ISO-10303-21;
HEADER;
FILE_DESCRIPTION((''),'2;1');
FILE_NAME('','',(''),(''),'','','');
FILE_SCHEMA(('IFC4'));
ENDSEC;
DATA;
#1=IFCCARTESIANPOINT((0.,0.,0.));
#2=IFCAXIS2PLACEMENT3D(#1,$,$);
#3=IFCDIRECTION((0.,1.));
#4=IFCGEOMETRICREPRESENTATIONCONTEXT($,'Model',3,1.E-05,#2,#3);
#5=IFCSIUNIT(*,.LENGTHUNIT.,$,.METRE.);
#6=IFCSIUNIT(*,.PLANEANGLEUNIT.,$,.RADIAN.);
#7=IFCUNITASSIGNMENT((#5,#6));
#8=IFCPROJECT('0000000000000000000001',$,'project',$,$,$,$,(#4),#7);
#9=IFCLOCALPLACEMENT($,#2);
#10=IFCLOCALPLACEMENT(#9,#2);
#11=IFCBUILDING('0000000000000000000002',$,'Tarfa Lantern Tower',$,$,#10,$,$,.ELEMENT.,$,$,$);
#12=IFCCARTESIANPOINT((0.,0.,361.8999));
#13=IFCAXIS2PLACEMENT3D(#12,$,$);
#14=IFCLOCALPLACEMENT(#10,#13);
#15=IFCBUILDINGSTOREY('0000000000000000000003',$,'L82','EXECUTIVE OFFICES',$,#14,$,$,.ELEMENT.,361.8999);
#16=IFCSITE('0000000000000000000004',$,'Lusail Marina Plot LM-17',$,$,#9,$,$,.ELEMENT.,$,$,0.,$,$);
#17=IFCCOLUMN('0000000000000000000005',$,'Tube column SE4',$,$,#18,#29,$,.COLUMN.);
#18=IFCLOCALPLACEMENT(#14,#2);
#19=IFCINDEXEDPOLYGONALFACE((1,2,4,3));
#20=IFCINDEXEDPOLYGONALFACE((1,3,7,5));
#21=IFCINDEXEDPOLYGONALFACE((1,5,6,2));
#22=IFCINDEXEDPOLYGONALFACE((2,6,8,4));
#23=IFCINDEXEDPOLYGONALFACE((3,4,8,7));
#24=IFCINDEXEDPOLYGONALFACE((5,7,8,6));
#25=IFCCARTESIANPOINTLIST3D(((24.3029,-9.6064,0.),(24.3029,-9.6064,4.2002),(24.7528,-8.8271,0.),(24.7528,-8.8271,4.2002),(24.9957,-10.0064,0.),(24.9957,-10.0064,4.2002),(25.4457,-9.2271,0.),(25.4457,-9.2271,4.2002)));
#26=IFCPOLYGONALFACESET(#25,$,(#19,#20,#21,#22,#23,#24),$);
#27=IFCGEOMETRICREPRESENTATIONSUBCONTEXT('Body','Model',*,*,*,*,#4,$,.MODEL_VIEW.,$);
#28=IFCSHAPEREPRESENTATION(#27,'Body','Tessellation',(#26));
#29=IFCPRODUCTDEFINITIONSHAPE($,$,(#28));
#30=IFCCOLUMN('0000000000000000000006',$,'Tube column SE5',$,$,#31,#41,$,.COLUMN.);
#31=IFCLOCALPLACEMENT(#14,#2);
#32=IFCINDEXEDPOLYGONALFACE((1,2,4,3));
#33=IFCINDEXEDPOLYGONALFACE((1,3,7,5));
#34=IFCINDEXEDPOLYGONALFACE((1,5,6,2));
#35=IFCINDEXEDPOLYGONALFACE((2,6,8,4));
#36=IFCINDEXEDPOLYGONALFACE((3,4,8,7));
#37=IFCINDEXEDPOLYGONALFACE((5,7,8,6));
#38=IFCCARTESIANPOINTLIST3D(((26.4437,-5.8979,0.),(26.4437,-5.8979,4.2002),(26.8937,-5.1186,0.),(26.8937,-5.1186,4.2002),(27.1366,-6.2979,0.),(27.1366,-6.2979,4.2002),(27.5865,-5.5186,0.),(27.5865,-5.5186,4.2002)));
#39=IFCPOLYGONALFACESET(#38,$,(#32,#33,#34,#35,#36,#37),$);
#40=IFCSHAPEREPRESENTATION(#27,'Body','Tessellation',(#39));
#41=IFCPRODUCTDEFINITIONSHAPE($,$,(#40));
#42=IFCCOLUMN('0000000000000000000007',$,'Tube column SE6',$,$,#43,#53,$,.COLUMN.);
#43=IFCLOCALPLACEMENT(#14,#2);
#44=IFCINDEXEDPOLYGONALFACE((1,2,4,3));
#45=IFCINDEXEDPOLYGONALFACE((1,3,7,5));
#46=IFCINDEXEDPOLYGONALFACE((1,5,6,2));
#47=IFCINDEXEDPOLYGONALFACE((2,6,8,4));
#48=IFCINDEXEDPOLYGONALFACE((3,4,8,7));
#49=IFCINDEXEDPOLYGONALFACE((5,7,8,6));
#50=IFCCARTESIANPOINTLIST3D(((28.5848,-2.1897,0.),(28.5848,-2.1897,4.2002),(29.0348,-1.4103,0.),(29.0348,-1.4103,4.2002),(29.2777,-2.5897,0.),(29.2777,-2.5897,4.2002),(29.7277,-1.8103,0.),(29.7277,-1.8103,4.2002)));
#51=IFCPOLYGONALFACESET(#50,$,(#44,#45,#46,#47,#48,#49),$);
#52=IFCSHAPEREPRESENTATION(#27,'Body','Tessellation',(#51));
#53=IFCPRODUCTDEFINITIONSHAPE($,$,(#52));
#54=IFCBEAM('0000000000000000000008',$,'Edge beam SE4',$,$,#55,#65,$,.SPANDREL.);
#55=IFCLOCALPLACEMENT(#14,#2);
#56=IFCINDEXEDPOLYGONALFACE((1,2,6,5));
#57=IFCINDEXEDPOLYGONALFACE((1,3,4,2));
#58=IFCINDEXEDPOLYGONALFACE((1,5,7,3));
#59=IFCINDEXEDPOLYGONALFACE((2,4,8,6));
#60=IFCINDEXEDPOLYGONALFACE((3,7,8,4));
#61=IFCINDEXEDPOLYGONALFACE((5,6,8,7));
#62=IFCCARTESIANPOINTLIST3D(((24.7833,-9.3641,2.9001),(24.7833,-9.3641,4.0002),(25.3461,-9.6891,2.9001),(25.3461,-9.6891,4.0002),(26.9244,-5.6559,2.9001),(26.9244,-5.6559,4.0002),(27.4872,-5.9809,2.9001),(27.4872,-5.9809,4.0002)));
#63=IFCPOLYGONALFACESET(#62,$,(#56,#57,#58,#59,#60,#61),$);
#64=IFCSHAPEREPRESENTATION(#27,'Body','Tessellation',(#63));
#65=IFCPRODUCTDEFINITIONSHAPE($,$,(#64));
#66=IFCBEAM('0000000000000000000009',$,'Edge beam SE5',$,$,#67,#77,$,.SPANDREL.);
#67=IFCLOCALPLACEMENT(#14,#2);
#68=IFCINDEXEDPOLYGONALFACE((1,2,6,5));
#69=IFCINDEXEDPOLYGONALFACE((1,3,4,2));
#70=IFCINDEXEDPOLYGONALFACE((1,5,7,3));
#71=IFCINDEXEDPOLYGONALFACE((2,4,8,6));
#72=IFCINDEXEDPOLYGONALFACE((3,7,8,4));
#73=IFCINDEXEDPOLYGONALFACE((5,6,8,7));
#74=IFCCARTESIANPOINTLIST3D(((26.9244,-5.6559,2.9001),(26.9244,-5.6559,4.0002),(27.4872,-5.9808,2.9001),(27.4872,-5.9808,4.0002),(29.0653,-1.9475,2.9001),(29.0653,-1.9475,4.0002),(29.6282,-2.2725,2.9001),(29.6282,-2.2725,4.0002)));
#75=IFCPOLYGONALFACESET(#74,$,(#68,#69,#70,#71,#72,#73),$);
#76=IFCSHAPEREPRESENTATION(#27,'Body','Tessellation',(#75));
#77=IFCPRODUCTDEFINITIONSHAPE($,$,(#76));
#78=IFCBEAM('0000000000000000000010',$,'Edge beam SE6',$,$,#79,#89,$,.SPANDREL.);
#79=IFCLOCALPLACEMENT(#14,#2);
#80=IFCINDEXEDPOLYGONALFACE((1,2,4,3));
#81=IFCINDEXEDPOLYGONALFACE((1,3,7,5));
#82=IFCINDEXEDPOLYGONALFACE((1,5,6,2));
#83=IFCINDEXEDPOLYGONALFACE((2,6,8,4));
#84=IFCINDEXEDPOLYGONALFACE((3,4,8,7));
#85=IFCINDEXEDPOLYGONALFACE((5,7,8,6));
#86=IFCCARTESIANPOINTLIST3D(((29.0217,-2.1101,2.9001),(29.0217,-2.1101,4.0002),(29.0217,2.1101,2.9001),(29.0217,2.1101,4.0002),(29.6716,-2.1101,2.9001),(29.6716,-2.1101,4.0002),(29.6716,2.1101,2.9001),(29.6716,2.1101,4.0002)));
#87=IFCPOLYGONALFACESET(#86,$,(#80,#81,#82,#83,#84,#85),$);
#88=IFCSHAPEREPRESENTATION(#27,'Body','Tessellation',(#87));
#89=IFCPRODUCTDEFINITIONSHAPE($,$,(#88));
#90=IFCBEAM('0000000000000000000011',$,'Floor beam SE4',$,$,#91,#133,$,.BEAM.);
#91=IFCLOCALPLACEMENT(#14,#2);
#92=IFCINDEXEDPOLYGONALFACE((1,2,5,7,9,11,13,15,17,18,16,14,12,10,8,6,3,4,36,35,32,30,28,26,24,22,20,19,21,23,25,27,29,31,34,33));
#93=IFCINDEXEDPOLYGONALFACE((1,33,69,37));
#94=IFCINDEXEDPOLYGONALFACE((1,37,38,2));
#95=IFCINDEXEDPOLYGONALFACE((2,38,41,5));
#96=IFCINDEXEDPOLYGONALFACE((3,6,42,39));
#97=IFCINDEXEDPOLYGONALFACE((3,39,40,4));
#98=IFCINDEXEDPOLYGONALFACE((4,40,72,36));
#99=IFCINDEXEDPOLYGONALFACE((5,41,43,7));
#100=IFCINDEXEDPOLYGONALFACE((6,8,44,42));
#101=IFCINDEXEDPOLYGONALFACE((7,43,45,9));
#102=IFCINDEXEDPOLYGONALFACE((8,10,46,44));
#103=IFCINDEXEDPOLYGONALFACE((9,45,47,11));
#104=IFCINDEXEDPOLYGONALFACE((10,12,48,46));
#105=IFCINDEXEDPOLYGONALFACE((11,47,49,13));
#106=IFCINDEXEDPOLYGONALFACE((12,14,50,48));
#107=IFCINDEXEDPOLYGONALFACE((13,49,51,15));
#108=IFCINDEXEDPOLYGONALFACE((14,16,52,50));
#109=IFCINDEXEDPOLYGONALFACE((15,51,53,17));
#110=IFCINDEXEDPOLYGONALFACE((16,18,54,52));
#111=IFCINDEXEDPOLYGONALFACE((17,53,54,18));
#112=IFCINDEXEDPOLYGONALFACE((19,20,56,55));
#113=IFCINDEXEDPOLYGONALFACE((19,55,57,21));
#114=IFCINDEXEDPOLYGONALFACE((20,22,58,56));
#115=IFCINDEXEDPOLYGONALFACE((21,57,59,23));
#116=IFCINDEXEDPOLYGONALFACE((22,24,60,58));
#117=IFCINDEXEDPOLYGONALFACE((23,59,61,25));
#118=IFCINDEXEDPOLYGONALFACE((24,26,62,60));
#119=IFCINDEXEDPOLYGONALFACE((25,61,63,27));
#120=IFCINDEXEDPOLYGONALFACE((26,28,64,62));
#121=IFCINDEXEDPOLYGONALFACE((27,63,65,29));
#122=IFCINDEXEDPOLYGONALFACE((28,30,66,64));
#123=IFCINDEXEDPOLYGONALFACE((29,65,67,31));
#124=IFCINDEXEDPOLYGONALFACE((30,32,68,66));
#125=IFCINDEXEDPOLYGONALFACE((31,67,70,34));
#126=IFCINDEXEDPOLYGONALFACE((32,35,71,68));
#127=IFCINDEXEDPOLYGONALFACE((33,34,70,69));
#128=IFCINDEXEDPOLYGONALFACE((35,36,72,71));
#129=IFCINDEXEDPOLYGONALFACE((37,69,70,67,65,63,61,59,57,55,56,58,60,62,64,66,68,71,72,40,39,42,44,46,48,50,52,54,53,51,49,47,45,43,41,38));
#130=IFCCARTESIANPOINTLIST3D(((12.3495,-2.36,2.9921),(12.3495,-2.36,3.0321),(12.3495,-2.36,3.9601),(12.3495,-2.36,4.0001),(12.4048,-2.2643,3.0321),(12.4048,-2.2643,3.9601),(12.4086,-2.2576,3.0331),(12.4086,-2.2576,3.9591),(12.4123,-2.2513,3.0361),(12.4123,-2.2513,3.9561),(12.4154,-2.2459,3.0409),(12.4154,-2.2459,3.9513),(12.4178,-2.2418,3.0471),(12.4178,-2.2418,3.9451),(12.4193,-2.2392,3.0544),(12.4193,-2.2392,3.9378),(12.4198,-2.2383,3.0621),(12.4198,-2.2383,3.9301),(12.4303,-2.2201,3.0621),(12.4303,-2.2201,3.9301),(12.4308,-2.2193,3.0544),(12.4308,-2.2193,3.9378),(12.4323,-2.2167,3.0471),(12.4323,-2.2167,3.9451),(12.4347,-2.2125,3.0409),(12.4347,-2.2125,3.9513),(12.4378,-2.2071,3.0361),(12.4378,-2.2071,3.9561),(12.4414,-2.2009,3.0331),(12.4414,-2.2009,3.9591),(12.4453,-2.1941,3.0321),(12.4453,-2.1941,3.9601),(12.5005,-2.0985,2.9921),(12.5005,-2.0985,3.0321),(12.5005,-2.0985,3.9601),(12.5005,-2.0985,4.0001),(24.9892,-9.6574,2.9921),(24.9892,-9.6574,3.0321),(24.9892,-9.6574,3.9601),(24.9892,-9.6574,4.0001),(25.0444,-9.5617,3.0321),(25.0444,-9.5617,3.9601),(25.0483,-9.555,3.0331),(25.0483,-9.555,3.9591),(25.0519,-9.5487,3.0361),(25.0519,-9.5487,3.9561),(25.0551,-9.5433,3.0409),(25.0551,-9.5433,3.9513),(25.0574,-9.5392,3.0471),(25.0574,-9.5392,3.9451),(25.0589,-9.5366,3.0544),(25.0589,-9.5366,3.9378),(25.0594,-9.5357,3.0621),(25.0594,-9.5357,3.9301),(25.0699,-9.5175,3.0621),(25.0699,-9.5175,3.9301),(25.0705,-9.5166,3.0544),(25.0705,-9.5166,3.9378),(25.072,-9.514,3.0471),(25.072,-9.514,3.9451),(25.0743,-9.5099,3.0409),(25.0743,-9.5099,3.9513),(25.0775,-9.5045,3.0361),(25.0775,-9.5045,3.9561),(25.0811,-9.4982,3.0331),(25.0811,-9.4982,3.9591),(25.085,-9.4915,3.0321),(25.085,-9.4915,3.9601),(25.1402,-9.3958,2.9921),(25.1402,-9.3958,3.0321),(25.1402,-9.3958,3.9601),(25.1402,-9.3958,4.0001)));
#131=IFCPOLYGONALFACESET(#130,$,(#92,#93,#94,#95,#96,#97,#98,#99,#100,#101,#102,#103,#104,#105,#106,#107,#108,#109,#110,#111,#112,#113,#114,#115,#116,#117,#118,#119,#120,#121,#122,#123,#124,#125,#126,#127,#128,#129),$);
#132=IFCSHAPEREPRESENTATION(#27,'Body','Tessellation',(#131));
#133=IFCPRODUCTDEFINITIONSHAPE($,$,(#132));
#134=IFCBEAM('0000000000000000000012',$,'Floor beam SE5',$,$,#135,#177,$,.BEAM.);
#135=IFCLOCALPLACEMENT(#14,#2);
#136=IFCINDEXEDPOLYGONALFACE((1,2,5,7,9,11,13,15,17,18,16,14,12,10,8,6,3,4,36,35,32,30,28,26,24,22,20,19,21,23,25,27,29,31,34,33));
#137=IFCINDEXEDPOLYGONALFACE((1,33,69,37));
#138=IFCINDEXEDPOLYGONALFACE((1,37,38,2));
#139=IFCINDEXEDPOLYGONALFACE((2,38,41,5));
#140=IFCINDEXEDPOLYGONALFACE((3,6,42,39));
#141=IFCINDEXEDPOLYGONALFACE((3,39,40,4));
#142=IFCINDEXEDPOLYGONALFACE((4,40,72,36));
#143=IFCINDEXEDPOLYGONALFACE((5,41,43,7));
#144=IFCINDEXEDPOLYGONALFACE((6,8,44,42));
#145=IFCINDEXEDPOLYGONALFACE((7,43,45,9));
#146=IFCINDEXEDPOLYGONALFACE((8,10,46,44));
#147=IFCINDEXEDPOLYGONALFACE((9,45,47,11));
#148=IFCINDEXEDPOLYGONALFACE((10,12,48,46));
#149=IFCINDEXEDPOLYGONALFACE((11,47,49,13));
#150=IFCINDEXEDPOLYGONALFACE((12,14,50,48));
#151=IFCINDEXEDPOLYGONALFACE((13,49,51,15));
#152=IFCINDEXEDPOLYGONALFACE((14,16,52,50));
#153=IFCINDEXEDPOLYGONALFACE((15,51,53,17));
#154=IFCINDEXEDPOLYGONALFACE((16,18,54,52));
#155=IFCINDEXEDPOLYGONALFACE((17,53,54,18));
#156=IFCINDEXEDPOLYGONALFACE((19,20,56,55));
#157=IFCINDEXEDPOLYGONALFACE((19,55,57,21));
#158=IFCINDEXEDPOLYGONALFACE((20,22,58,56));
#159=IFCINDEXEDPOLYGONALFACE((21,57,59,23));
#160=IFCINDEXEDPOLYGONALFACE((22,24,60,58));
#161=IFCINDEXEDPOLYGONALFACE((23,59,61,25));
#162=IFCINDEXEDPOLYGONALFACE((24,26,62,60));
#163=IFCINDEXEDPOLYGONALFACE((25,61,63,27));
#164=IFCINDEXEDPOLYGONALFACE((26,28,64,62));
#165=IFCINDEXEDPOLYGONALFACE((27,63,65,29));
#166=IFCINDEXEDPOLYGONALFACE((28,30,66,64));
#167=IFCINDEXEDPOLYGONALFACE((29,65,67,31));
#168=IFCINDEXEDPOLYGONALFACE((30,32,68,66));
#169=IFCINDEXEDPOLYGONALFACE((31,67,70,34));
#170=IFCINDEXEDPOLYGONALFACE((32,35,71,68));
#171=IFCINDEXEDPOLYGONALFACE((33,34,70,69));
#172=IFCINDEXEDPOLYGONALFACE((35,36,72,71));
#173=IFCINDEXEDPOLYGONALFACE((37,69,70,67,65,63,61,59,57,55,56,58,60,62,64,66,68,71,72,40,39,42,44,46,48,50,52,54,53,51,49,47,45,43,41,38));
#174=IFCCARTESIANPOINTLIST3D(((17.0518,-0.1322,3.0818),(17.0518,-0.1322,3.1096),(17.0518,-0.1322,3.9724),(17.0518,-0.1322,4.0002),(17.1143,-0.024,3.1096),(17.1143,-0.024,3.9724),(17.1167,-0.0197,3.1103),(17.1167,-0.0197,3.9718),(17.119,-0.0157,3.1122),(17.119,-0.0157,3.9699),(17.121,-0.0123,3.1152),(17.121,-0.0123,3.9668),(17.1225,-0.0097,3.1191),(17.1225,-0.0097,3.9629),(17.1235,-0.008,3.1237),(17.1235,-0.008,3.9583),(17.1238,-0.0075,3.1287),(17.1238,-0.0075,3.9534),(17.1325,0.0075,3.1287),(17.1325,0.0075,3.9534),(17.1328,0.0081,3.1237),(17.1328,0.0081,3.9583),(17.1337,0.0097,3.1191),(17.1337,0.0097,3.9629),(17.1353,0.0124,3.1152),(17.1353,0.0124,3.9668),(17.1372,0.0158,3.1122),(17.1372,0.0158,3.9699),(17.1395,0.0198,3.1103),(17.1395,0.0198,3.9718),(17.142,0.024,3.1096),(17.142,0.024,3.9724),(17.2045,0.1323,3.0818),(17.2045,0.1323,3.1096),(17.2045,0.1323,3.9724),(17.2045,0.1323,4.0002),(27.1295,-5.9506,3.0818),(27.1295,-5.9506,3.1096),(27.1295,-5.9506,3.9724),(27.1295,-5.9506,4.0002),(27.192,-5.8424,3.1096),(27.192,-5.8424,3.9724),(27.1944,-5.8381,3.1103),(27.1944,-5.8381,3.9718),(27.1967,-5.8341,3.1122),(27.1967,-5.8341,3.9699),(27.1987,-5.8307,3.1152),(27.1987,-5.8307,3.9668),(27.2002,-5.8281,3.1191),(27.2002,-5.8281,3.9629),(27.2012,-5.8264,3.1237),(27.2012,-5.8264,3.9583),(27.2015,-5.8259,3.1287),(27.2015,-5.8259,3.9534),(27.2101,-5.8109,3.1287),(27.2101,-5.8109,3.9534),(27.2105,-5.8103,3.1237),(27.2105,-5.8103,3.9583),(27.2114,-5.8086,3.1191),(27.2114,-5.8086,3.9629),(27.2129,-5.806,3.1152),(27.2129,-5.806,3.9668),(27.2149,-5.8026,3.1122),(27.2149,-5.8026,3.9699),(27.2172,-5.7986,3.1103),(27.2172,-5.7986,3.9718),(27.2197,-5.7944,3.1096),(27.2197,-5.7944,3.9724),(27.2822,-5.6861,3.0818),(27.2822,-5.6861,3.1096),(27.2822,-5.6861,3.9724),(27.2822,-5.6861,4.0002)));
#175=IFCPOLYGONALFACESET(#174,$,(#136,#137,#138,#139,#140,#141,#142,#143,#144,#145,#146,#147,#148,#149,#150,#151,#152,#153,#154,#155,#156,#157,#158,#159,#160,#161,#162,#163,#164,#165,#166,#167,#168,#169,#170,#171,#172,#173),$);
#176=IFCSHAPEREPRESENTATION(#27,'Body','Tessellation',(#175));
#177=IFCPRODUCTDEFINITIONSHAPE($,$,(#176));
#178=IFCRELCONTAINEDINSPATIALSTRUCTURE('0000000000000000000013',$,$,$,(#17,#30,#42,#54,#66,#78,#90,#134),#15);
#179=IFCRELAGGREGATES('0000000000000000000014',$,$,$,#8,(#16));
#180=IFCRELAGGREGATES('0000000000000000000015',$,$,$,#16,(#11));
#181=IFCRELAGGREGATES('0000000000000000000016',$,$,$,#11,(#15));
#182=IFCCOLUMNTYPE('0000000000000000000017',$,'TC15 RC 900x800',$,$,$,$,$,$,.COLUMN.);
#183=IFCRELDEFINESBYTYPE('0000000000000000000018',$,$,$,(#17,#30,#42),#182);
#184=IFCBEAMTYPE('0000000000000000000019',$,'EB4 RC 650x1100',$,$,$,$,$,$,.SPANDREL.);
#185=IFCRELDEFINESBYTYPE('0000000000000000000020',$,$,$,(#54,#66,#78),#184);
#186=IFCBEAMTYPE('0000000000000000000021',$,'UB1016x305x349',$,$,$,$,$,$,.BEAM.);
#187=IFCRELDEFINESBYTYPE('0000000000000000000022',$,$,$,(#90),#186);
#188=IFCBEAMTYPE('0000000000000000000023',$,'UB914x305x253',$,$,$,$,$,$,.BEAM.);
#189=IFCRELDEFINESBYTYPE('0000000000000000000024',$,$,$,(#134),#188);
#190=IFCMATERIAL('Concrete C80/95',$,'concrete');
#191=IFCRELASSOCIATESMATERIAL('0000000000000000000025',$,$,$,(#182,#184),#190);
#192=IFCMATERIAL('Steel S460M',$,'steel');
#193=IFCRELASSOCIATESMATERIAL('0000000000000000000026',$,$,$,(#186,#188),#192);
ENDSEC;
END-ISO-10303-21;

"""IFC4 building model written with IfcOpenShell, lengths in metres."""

from ifc_helpers import new_model, si_unit, direction, frame, origin, origin_2d, place, context, subcontext, project, spatial, rectangle, i_section, extrude, material, material_profile, profile_set, type_object, element, save


model = new_model("IFC4")

# Units and contexts
model_context = context("Model", 3, precision=1e-05, world=origin(), true_north=direction((0.0, 1.0)))
body_context = subcontext(model_context, "Body", "Model", "MODEL_VIEW")
ifc_project = project(units=[si_unit("LENGTHUNIT", "METRE"), si_unit("PLANEANGLEUNIT", "RADIAN")], contexts=[model_context])

# Site, building, storey
site_placement = place(None, origin())
site = spatial("IfcSite", under=ifc_project, at=site_placement, Name="Lusail Marina Plot LM-17", CompositionType="ELEMENT", RefElevation=0.0)
building_placement = place(site_placement, origin())
building = spatial("IfcBuilding", under=site, at=building_placement, Name="Tarfa Lantern Tower", CompositionType="ELEMENT")
storey_placement = place(building_placement, frame((0.0, 0.0, 361.8999)))
storey = spatial("IfcBuildingStorey", under=building, at=storey_placement, Name="L82", Description="EXECUTIVE OFFICES", CompositionType="ELEMENT", Elevation=361.8999)

# Columns
ifc_material_1 = material(Name="Concrete C80/95", Category="concrete")
ifc_material_profile_1 = material_profile(ifc_material_1, rectangle(XDim=0.8999, YDim=0.8, at=origin_2d()), Name="RC 900x800")
ifc_profile_set_1 = profile_set([ifc_material_profile_1], Name="Concrete C80/95")
column_type = type_object("IfcColumnType", Name="TC15 RC 900x800", PredefinedType="COLUMN", material=ifc_profile_set_1)
for number, where, z_axis, x_axis, name in (
    (1, (24.8743, -9.4167, 0.0), (0.0, 0.0, 1.0), (0.5, 0.866025, 0.0), "Tube column SE4"),
    (2, (27.0151, -5.7083, 0.0), (0.0, 0.0, 1.0), (0.5, 0.866025, 0.0), "Tube column SE5"),
    (3, (29.1562, -2.0, 0.0), (0.0, 0.0, 1.0), (0.5, 0.866025, 0.0), "Tube column SE6"),
):
    element("IfcColumn", number, at=place(storey_placement, frame(where, z_axis=z_axis, x_axis=x_axis)), inside=storey, type_object=column_type, Name=name, PredefinedType="COLUMN", context=body_context, shape_type="SweptSolid", body=[
        extrude(rectangle(XDim=0.8999, YDim=0.8, at=origin_2d()), origin(), (0.0, 0.0, 1.0), 4.2002),
    ])

# Beams
ifc_material_profile_2 = material_profile(ifc_material_1, rectangle(XDim=0.6499, YDim=1.1001, at=origin_2d()), Name="RC 650x1100")
ifc_profile_set_2 = profile_set([ifc_material_profile_2], Name="Concrete C80/95")
beam_type_1 = type_object("IfcBeamType", Name="EB4 RC 650x1100", PredefinedType="SPANDREL", material=ifc_profile_set_2)
for number, where, z_axis, x_axis, name in (
    (4, (25.0647, -9.5266, 3.4502), (0.500027, 0.86601, 0.0), (-0.86601, 0.500027, 0.0), "Edge beam SE4"),
    (5, (27.2058, -5.8184, 3.4502), (0.499984, 0.866035, 0.0), (-0.866035, 0.499984, 0.0), "Edge beam SE5"),
):
    element("IfcBeam", number, at=place(storey_placement, frame(where, z_axis=z_axis, x_axis=x_axis)), inside=storey, type_object=beam_type_1, Name=name, PredefinedType="SPANDREL", context=body_context, shape_type="SweptSolid", body=[
        extrude(rectangle(XDim=0.6499, YDim=1.1001, at=origin_2d()), origin(), (0.0, 0.0, 1.0), 4.282),
    ])
beam_1_placement = place(storey_placement, frame((29.3467, -2.1101, 3.4502), z_axis=(0.0, 1.0, 0.0), x_axis=(-1.0, 0.0, 0.0)))
element("IfcBeam", 6, at=beam_1_placement, inside=storey, type_object=beam_type_1, Name="Edge beam SE6", PredefinedType="SPANDREL", context=body_context, shape_type="SweptSolid", body=[
    extrude(rectangle(XDim=0.6499, YDim=1.1001, at=origin_2d()), origin(), (0.0, 0.0, 1.0), 4.2202),
])
ifc_material_2 = material(Name="Steel S460M", Category="steel")
ifc_material_profile_3 = material_profile(ifc_material_2, i_section(OverallWidth=0.302, OverallDepth=1.0081, WebThickness=0.021, FlangeThickness=0.04, FilletRadius=0.03, at=origin_2d()), Name="UB1016x305x349")
ifc_profile_set_3 = profile_set([ifc_material_profile_3], Name="Steel S460M")
beam_type_2 = type_object("IfcBeamType", Name="UB1016x305x349", PredefinedType="BEAM", material=ifc_profile_set_3)
beam_2_placement = place(storey_placement, frame((25.0647, -9.5266, 3.4961), z_axis=(-0.86603, 0.499993, 0.0), x_axis=(-0.499993, -0.86603, 0.0)))
element("IfcBeam", 7, at=beam_2_placement, inside=storey, type_object=beam_type_2, Name="Floor beam SE4", PredefinedType="BEAM", context=body_context, shape_type="SweptSolid", body=[
    extrude(i_section(OverallWidth=0.302, OverallDepth=1.0081, WebThickness=0.021, FlangeThickness=0.04, FilletRadius=0.03, at=origin_2d()), origin(), (0.0, 0.0, 1.0), 14.595),
])
ifc_material_profile_4 = material_profile(ifc_material_2, i_section(OverallWidth=0.3054, OverallDepth=0.9185, WebThickness=0.0173, FlangeThickness=0.0278, FilletRadius=0.019, at=origin_2d()), Name="UB914x305x253")
ifc_profile_set_4 = profile_set([ifc_material_profile_4], Name="Steel S460M")
beam_type_3 = type_object("IfcBeamType", Name="UB914x305x253", PredefinedType="BEAM", material=ifc_profile_set_4)
beam_3_placement = place(storey_placement, frame((27.2058, -5.8184, 3.541), z_axis=(-0.866024, 0.500002, 0.0), x_axis=(-0.500002, -0.866024, 0.0)))
element("IfcBeam", 8, at=beam_3_placement, inside=storey, type_object=beam_type_3, Name="Floor beam SE5", PredefinedType="BEAM", context=body_context, shape_type="SweptSolid", body=[
    extrude(i_section(OverallWidth=0.3054, OverallDepth=0.9185, WebThickness=0.0173, FlangeThickness=0.0278, FilletRadius=0.019, at=origin_2d()), origin(), (0.0, 0.0, 1.0), 11.6367),
])

save(model, "model.ifc")
